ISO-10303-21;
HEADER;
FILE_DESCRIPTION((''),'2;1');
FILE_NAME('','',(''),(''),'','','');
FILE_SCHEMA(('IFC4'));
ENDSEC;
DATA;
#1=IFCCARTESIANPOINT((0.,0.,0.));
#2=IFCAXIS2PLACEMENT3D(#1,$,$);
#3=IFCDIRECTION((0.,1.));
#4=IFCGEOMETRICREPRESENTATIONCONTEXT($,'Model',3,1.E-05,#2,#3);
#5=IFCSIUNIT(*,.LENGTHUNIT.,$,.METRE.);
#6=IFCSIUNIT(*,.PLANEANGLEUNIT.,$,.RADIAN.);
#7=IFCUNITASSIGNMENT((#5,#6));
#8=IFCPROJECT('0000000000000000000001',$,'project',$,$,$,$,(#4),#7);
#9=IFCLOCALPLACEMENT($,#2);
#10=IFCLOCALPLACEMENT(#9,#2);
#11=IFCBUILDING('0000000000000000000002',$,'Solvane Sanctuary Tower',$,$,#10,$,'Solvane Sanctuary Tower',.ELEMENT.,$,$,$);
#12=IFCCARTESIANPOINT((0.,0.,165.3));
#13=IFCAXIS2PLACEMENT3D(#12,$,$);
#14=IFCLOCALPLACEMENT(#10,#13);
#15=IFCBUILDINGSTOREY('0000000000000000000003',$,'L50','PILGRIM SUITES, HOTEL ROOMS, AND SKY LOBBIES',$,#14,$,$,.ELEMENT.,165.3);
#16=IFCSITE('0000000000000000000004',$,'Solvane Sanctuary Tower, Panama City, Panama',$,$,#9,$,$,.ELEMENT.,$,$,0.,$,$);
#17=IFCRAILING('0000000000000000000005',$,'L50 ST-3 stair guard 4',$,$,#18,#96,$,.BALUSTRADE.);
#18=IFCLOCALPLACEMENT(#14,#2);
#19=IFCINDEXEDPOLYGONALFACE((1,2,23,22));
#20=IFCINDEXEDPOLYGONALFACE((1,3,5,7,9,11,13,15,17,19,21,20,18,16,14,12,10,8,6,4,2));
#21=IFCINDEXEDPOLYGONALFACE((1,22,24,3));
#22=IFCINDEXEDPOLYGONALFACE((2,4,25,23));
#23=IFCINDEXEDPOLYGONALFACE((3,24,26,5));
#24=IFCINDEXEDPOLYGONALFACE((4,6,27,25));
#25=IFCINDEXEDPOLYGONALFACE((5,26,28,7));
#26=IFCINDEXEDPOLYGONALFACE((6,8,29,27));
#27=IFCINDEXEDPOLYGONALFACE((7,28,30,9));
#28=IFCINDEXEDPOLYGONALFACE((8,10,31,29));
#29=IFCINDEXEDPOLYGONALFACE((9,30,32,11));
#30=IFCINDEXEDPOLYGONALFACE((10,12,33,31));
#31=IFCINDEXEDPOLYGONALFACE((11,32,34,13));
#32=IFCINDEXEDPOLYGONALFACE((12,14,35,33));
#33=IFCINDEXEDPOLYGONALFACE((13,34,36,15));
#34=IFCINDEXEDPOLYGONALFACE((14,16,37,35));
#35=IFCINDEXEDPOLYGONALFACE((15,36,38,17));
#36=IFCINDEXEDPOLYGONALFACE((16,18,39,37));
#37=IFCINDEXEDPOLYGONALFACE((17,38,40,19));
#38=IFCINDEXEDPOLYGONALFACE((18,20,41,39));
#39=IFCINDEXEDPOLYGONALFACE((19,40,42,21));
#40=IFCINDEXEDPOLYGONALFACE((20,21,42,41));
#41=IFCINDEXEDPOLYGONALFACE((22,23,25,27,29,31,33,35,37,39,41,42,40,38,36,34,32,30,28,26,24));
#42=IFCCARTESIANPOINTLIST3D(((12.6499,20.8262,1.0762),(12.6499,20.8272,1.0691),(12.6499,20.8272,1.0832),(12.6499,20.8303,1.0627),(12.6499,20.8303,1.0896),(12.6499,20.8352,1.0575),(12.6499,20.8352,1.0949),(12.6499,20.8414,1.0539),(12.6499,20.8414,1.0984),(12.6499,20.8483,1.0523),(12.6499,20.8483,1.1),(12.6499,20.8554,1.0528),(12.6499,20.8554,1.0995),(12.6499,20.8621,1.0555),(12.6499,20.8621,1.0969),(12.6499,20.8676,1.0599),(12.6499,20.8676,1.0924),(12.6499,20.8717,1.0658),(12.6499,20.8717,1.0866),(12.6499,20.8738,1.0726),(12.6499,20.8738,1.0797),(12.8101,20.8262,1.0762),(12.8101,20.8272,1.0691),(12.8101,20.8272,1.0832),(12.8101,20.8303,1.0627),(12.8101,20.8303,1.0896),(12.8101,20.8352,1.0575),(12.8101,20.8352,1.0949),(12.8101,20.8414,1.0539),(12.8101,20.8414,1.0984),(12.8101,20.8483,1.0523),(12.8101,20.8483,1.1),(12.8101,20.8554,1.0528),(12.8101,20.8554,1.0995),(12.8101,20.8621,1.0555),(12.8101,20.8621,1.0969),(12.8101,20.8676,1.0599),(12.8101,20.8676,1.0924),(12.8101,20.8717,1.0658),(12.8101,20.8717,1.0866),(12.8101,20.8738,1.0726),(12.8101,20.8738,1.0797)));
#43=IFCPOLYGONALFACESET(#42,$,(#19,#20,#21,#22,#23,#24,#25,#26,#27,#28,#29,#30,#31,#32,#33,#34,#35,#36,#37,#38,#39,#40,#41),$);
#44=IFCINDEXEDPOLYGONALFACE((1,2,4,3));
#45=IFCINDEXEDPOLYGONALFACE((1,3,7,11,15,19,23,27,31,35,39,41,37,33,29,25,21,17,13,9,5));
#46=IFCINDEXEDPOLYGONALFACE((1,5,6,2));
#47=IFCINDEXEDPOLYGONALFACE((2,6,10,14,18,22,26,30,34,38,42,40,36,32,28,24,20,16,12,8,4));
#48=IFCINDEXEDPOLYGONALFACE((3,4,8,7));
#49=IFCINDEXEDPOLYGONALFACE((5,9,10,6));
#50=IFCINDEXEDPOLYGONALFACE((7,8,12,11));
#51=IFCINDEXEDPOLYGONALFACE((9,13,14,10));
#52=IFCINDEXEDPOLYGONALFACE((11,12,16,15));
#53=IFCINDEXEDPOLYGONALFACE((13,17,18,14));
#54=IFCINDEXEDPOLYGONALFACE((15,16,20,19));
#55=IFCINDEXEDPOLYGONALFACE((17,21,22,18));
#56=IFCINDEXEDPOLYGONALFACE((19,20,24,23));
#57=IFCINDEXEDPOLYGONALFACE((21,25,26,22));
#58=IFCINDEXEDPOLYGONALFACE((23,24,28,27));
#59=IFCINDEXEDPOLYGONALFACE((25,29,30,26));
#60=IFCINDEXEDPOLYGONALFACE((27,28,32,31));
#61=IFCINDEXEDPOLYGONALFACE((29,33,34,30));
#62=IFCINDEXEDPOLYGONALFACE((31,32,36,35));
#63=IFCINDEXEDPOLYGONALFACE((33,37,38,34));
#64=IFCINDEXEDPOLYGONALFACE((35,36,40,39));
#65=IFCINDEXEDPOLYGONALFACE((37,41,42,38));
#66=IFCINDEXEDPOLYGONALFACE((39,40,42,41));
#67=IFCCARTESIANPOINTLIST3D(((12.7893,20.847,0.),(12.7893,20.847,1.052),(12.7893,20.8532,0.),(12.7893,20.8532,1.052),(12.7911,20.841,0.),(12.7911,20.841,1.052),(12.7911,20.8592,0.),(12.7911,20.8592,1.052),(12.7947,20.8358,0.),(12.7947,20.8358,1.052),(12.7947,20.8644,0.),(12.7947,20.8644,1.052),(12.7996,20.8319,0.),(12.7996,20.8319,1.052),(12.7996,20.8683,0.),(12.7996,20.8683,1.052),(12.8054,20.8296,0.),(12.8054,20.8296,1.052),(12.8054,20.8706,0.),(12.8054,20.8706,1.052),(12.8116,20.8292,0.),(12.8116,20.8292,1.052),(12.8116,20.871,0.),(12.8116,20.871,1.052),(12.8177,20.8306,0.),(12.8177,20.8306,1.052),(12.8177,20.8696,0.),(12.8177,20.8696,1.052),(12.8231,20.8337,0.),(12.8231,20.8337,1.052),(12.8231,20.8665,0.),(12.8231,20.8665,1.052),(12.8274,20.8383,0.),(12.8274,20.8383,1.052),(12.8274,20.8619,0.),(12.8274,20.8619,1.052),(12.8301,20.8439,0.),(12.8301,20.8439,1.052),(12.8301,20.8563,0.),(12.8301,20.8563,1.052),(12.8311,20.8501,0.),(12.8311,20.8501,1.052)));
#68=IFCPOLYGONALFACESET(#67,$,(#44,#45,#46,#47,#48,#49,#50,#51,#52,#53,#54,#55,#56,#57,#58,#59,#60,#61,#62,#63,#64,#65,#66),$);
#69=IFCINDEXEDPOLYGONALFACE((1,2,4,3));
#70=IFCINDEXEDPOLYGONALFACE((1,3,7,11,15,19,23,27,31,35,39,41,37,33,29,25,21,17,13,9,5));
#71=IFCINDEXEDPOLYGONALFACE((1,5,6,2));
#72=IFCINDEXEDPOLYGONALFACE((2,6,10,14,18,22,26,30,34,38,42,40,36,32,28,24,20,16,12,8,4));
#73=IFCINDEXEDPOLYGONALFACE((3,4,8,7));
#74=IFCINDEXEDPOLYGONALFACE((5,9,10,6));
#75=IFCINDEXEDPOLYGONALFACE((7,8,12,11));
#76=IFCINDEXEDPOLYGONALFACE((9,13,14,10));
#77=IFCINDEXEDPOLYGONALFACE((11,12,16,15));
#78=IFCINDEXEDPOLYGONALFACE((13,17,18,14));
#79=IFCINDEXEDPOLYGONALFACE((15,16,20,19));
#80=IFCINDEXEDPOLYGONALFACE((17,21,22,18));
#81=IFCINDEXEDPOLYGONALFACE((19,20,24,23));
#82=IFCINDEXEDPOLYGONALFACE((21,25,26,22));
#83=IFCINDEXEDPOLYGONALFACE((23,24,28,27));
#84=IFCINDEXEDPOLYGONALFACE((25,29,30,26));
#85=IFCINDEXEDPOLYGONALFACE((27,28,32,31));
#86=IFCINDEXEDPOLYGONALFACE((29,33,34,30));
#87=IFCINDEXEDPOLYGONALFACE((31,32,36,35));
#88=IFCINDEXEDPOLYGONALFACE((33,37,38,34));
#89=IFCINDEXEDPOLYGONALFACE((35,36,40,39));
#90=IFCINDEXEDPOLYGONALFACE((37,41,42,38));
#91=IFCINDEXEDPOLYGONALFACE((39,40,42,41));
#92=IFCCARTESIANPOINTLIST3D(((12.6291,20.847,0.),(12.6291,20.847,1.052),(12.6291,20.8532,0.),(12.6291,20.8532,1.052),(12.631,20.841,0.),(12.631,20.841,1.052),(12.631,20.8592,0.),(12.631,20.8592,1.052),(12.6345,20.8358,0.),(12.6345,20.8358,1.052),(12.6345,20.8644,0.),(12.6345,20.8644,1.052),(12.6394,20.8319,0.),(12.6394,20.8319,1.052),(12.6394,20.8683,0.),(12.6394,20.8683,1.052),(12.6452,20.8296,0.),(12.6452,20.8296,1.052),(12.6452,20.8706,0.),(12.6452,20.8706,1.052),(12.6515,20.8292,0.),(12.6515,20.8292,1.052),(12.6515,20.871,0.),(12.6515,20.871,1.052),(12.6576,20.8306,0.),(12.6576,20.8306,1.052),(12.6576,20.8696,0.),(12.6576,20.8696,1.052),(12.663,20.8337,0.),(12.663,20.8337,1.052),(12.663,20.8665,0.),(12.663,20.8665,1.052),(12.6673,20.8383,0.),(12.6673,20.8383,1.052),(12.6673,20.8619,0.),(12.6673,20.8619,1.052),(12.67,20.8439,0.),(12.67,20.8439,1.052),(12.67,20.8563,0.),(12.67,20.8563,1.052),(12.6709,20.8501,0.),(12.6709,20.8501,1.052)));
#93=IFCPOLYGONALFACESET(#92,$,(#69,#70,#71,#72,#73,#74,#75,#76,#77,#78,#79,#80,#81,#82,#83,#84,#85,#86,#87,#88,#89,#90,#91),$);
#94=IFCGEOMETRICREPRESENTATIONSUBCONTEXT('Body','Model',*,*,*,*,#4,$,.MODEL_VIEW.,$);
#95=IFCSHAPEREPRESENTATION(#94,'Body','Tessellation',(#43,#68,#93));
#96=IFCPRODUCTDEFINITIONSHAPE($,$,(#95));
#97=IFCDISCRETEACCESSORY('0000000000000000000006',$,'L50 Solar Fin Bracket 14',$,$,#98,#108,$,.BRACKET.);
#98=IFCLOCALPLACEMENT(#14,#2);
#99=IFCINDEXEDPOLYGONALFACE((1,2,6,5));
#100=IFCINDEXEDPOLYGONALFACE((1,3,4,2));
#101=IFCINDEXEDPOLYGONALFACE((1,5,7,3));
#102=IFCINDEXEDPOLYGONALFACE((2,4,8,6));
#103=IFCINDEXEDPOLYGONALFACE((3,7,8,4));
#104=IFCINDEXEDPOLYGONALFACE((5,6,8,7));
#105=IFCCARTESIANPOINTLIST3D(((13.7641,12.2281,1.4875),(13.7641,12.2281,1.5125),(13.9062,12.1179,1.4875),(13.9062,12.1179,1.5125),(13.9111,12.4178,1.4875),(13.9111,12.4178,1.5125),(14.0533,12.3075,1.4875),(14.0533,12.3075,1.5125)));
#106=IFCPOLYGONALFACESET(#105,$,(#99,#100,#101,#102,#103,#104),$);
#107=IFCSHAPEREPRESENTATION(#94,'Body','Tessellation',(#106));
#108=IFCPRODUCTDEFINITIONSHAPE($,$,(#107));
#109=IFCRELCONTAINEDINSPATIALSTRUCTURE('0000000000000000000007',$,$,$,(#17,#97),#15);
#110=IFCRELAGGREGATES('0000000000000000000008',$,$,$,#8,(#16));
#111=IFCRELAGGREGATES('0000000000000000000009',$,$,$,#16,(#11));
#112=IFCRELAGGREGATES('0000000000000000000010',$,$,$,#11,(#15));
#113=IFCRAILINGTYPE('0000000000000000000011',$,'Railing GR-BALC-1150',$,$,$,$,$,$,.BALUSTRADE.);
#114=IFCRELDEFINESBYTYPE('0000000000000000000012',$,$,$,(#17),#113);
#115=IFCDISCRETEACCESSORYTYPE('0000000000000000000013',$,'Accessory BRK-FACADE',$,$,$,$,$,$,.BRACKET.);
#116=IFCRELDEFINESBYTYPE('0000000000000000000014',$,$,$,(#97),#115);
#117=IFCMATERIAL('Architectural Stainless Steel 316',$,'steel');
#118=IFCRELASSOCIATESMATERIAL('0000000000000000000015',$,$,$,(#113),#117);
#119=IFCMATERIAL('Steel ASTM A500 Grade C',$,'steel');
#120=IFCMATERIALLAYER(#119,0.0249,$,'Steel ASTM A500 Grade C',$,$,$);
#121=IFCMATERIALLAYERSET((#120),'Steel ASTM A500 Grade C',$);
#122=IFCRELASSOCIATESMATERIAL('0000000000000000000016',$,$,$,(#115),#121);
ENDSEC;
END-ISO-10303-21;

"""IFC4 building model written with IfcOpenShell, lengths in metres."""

from ifc_helpers import new_model, si_unit, direction, frame, origin, origin_2d, place, context, subcontext, project, spatial, rectangle, circle, extrude, material, layer, layer_set, type_object, element, save


model = new_model("IFC4")

# Units and contexts
model_context = context("Model", 3, precision=1e-05, world=origin(), true_north=direction((0.0, 1.0)))
body_context = subcontext(model_context, "Body", "Model", "MODEL_VIEW")
ifc_project = project(units=[si_unit("LENGTHUNIT", "METRE"), si_unit("PLANEANGLEUNIT", "RADIAN")], contexts=[model_context])

# Site, building, storey
site_placement = place(None, origin())
site = spatial("IfcSite", under=ifc_project, at=site_placement, Name="Solvane Sanctuary Tower, Panama City, Panama", CompositionType="ELEMENT", RefElevation=0.0)
building_placement = place(site_placement, origin())
building = spatial("IfcBuilding", under=site, at=building_placement, Name="Solvane Sanctuary Tower", LongName="Solvane Sanctuary Tower", CompositionType="ELEMENT")
storey_placement = place(building_placement, frame((0.0, 0.0, 165.3)))
storey = spatial("IfcBuildingStorey", under=building, at=storey_placement, Name="L50", Description="PILGRIM SUITES, HOTEL ROOMS, AND SKY LOBBIES", CompositionType="ELEMENT", Elevation=165.3)

# Shared definitions
ifc_material_1 = material(Name="Architectural Stainless Steel 316", Category="steel")

# Railing
railing_type = type_object("IfcRailingType", Name="Railing GR-BALC-1150", PredefinedType="BALUSTRADE", material=ifc_material_1)
railing_1_placement = place(storey_placement, frame((12.8101, 20.8501, 0.0)))
element("IfcRailing", 1, at=railing_1_placement, inside=storey, type_object=railing_type, Name="L50 ST-3 stair guard 4", PredefinedType="BALUSTRADE", context=body_context, shape_type="SweptSolid", body=[
    extrude(circle(Radius=0.0239, at=origin_2d()), frame((0.0, 0.0, 1.0762), z_axis=(-1.0, 0.0, 0.0), x_axis=(0.0, -1.0, 0.0)), (0.0, 0.0, 1.0), 0.1602),
    extrude(circle(Radius=0.021, at=origin_2d()), origin(), (0.0, 0.0, 1.0), 1.052),
    extrude(circle(Radius=0.021, at=origin_2d()), frame((-0.1602, 0.0, 0.0)), (0.0, 0.0, 1.0), 1.052),
])

# Discrete accessory
ifc_material_2 = material(Name="Steel ASTM A500 Grade C", Category="steel")
ifc_layer_1 = layer(ifc_material_2, 0.0249, Name="Steel ASTM A500 Grade C")
ifc_layer_set_1 = layer_set([ifc_layer_1], Name="Steel ASTM A500 Grade C")
discrete_accessory_type = type_object("IfcDiscreteAccessoryType", Name="Accessory BRK-FACADE", PredefinedType="BRACKET", material=ifc_layer_set_1)
discrete_accessory_placement = place(storey_placement, frame((13.9087, 12.2678, 1.4875), z_axis=(0.0, 0.0, 1.0), x_axis=(0.790166, -0.612893, 0.0)))
element("IfcDiscreteAccessory", 2, at=discrete_accessory_placement, inside=storey, type_object=discrete_accessory_type, Name="L50 Solar Fin Bracket 14", PredefinedType="BRACKET", context=body_context, shape_type="SweptSolid", body=[
    extrude(rectangle(XDim=0.1799, YDim=0.24, at=origin_2d()), origin(), (0.0, 0.0, 1.0), 0.0249),
])

save(model, "model.ifc")
